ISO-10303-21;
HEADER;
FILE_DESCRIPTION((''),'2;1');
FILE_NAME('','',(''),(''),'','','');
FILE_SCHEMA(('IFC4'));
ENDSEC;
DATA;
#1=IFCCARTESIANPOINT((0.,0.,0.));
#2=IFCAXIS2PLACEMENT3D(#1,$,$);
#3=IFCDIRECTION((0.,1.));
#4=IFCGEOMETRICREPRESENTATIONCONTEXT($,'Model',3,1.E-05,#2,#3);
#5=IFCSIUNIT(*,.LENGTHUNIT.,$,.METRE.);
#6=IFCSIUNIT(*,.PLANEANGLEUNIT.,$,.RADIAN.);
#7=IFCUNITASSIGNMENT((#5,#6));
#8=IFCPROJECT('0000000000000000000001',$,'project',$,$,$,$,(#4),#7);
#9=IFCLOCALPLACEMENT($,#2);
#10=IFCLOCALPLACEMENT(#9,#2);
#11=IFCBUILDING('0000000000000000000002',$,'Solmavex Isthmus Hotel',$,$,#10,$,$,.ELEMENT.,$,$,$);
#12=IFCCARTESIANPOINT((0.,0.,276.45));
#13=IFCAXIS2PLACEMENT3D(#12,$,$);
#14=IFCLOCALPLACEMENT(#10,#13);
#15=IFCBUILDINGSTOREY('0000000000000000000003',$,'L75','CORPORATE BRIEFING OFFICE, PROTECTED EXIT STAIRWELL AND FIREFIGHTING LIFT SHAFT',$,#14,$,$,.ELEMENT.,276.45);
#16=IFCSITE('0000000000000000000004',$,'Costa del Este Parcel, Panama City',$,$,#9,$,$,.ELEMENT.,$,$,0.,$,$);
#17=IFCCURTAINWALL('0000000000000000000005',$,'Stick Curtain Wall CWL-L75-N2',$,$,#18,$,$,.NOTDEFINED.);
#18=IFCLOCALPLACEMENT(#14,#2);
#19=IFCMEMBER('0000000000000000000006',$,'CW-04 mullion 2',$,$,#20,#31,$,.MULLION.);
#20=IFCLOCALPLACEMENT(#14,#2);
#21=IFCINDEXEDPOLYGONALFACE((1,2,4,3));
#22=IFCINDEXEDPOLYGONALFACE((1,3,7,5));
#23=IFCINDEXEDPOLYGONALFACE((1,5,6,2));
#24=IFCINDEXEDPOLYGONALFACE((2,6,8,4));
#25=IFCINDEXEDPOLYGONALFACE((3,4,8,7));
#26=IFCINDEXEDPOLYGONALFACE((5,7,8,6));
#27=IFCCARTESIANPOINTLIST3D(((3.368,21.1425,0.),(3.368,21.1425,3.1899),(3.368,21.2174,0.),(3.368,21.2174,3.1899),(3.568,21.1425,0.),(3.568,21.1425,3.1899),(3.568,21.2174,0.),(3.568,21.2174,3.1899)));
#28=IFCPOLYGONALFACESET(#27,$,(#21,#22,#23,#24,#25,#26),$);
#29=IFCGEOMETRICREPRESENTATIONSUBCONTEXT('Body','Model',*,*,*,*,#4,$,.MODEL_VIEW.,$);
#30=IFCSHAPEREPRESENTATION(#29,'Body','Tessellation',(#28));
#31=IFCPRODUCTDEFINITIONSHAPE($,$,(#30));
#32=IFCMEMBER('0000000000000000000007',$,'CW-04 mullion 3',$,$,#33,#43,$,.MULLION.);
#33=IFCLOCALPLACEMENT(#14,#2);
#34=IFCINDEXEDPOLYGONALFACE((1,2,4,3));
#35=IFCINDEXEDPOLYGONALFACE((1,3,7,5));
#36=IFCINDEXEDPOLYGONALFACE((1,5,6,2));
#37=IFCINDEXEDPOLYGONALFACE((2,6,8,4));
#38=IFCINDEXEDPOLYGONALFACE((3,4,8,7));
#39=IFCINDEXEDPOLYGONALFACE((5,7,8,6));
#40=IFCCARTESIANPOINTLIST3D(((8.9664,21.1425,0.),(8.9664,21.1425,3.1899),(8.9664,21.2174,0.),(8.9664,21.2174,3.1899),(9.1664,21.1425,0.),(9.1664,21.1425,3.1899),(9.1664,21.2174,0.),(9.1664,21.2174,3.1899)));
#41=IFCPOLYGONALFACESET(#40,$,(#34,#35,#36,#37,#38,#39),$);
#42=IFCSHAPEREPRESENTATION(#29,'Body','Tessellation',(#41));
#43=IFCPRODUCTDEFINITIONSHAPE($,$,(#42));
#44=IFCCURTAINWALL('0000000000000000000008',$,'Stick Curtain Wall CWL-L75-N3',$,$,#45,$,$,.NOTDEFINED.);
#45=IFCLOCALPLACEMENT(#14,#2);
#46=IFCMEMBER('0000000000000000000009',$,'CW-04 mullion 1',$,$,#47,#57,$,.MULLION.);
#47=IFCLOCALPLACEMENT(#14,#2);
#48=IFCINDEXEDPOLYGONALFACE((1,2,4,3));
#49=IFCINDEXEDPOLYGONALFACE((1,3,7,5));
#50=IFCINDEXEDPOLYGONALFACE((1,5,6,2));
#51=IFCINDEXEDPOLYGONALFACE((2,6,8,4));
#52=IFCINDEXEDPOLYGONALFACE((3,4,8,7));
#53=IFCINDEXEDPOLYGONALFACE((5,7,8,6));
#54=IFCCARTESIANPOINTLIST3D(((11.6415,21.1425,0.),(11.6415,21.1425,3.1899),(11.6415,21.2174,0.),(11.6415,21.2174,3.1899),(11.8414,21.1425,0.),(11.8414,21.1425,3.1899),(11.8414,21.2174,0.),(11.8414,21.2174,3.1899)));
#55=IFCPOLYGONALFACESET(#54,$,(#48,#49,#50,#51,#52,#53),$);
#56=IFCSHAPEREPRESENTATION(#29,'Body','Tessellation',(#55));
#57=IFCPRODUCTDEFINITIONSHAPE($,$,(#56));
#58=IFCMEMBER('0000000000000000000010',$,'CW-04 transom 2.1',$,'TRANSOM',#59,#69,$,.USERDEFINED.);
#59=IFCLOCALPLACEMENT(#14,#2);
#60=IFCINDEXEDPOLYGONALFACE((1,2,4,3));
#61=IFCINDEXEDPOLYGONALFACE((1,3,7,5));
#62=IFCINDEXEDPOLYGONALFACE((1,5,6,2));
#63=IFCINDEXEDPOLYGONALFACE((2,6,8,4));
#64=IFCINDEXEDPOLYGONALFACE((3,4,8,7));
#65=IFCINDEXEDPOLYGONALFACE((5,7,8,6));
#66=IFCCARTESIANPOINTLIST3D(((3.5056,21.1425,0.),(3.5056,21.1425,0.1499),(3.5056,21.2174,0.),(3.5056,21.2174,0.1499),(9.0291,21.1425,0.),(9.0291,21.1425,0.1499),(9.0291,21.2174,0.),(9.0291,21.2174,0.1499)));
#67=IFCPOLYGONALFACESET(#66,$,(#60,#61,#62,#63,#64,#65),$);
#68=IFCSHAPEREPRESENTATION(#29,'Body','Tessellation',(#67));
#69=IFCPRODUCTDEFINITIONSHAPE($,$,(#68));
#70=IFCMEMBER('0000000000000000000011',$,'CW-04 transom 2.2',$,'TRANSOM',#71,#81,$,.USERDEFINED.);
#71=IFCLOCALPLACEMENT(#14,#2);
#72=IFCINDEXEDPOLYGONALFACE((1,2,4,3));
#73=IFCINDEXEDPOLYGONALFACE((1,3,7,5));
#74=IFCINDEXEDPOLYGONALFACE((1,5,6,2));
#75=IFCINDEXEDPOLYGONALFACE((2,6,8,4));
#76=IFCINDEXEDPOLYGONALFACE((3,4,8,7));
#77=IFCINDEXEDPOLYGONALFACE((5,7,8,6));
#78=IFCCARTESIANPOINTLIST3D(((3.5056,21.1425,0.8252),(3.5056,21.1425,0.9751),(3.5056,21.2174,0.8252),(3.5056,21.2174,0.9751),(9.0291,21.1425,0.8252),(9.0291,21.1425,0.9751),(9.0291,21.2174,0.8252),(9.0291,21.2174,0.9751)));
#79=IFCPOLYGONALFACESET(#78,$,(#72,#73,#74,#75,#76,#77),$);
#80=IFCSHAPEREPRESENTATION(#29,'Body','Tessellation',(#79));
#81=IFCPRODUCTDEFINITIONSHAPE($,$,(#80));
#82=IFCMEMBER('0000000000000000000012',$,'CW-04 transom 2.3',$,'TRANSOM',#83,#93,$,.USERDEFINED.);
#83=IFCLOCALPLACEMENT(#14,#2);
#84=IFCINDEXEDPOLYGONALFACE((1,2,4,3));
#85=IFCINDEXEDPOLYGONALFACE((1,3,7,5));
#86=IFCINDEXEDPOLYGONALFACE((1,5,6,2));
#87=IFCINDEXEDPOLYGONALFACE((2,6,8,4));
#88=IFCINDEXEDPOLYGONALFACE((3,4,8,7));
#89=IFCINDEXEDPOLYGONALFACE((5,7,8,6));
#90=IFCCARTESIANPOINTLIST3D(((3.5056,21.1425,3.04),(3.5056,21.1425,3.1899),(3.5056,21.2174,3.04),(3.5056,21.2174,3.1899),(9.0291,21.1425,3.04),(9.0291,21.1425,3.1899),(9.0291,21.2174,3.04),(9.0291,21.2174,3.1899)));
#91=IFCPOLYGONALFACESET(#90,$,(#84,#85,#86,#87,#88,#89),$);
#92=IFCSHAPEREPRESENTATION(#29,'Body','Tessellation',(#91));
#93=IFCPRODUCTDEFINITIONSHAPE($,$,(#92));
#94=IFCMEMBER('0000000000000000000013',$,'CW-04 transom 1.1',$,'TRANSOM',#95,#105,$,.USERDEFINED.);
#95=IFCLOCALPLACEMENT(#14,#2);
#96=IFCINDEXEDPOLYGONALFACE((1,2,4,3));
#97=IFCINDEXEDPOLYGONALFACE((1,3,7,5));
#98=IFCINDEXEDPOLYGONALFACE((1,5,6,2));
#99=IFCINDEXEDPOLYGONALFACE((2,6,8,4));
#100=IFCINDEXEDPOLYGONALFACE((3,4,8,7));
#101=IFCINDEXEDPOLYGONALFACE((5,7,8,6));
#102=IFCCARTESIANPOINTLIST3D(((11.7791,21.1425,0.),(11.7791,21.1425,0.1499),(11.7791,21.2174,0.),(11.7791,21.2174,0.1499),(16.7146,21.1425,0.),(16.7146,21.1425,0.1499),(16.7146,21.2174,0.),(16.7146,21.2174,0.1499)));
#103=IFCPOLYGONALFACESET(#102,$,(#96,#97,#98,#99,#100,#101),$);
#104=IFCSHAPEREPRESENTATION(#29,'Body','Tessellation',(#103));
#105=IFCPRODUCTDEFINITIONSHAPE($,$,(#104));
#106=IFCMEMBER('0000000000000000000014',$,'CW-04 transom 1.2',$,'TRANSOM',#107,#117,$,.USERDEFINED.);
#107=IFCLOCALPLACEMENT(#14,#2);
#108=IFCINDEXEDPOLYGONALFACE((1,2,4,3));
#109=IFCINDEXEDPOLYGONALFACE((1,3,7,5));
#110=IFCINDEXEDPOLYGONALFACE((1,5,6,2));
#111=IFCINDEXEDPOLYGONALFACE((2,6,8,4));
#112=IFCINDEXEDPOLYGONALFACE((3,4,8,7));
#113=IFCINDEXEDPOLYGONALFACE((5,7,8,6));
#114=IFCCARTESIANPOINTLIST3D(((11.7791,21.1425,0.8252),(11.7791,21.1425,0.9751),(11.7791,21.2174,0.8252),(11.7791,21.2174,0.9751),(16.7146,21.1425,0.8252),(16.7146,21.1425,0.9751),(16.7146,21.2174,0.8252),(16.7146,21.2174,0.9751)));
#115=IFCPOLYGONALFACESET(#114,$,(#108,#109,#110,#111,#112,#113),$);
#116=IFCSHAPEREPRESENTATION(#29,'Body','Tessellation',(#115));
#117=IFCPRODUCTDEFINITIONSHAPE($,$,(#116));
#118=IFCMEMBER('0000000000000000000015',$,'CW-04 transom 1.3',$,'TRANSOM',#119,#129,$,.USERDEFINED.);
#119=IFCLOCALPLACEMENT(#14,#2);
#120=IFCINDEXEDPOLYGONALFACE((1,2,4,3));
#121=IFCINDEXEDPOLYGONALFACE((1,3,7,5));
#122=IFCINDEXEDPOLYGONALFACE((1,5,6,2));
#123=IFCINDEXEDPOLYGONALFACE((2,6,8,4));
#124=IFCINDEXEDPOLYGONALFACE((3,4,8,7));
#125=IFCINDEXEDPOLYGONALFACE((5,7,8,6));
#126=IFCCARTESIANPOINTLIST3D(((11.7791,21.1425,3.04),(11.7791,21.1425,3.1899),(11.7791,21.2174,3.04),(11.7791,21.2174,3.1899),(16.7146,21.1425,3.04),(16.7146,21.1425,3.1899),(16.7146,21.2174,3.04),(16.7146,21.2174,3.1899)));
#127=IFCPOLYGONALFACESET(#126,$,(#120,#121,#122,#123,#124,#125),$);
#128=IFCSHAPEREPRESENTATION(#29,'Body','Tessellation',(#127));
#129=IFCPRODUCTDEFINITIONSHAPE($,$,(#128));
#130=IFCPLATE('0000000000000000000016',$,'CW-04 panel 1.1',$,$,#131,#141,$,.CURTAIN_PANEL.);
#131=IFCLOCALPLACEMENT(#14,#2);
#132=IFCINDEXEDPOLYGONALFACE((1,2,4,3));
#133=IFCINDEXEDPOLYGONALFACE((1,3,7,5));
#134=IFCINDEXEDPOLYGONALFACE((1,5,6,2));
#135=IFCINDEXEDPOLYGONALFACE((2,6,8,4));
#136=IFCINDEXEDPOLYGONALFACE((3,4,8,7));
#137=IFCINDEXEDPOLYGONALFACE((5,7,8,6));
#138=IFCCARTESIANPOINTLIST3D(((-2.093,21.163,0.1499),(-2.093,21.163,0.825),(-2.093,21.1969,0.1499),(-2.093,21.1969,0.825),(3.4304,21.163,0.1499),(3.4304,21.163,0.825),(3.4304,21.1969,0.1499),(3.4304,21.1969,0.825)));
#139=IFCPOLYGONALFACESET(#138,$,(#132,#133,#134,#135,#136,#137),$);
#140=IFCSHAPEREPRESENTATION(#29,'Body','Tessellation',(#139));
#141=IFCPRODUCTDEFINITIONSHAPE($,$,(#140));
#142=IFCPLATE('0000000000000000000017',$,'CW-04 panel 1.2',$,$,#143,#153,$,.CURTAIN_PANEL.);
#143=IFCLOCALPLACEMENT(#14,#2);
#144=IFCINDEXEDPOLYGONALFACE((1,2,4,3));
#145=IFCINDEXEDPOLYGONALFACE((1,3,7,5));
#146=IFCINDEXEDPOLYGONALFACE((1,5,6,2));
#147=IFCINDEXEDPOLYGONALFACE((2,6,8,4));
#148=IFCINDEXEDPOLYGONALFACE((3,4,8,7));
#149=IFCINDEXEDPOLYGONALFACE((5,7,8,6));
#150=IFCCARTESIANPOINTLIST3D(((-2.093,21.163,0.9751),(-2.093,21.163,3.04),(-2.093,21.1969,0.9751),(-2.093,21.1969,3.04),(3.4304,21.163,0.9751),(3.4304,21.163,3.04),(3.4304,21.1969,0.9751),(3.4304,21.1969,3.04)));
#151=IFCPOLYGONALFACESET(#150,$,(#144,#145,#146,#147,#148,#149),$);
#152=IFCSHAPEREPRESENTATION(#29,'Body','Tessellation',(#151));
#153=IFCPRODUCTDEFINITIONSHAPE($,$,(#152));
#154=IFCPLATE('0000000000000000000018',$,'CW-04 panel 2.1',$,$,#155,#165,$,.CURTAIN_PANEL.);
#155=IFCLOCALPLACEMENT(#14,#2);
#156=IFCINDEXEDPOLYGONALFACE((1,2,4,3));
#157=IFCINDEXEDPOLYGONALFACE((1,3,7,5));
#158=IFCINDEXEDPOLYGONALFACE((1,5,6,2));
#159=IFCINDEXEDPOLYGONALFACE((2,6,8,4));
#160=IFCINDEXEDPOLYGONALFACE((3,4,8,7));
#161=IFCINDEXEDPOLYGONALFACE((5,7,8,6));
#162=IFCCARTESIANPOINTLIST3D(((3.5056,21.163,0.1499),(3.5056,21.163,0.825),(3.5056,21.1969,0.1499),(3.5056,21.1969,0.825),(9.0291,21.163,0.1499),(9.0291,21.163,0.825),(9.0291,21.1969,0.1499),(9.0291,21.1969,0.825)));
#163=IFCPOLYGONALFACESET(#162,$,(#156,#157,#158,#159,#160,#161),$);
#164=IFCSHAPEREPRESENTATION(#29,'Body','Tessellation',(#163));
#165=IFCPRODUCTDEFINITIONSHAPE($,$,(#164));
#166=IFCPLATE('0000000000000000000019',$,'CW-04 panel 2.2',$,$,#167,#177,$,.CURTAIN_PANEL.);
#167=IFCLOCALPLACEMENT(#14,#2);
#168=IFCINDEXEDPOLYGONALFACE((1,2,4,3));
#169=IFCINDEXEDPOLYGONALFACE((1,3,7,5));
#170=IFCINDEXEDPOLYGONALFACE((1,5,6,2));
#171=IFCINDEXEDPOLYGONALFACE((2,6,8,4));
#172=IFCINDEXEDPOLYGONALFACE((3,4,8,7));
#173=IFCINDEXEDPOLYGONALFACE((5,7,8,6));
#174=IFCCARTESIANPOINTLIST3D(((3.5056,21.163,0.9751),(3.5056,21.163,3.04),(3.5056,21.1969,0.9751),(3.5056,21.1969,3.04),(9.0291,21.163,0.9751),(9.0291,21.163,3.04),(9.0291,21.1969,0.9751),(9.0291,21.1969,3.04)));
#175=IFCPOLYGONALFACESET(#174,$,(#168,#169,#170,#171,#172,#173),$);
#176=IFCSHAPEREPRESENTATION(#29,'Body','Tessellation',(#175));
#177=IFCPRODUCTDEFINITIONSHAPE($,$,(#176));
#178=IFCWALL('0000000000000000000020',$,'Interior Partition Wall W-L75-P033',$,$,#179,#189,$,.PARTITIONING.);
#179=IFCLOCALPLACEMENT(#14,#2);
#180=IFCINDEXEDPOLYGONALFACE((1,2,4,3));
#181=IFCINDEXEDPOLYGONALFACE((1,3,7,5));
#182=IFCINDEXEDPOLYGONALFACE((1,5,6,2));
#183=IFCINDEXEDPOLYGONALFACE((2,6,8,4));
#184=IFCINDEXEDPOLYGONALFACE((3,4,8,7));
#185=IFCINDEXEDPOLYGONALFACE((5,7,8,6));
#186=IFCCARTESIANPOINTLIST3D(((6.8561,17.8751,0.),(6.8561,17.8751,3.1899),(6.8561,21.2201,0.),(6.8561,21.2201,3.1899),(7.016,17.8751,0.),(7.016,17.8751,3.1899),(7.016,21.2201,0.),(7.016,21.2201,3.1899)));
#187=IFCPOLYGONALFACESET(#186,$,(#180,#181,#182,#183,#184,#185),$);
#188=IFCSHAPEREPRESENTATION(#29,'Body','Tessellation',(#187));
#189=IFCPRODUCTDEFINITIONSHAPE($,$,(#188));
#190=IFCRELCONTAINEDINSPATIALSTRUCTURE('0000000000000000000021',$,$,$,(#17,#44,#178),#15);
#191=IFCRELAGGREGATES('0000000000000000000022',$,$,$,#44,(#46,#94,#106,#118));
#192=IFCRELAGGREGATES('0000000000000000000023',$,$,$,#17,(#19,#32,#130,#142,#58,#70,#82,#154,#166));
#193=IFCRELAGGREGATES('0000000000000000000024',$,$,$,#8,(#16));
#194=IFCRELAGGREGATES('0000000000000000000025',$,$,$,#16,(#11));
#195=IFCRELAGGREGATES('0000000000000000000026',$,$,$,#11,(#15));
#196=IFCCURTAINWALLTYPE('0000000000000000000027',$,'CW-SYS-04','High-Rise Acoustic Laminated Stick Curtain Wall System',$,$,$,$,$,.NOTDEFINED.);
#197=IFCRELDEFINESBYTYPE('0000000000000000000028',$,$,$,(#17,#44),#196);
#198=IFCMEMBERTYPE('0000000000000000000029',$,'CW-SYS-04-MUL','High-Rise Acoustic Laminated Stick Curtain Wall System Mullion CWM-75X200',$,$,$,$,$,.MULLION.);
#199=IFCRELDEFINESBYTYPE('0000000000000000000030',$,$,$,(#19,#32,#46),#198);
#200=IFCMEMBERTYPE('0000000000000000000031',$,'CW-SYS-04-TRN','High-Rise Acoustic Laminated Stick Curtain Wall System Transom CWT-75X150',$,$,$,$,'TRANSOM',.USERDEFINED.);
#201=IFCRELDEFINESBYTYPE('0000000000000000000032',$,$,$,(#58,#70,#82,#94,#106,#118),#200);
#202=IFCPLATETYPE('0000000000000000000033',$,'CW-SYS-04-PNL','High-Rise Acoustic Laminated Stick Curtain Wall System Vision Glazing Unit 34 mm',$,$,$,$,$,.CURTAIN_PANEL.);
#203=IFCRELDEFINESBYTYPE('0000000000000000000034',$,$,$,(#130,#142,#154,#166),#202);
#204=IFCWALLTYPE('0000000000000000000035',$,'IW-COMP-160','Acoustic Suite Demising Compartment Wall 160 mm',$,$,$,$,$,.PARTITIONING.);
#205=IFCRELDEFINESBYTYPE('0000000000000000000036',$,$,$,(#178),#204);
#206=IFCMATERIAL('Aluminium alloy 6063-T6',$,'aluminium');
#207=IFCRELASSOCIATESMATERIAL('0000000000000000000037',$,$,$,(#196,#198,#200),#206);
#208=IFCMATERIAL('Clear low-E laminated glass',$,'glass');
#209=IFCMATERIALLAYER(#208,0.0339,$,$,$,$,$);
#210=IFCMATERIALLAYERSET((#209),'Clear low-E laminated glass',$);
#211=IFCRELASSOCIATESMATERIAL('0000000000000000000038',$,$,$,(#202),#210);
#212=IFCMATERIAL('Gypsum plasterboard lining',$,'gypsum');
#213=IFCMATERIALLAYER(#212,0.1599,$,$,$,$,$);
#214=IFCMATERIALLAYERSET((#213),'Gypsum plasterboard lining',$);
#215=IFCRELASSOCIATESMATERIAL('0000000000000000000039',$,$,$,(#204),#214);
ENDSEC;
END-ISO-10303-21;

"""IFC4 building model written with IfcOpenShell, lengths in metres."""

from ifc_helpers import new_model, si_unit, direction, frame, frame_2d, origin, origin_2d, place, context, subcontext, project, spatial, rectangle, extrude, material, layer, layer_set, material_profile, profile_set, type_object, element, aggregate, save


model = new_model("IFC4")

# Units and contexts
model_context = context("Model", 3, precision=1e-05, world=origin(), true_north=direction((0.0, 1.0)))
body_context = subcontext(model_context, "Body", "Model", "MODEL_VIEW")
ifc_project = project(units=[si_unit("LENGTHUNIT", "METRE"), si_unit("PLANEANGLEUNIT", "RADIAN")], contexts=[model_context])

# Site, building, storey
site_placement = place(None, origin())
site = spatial("IfcSite", under=ifc_project, at=site_placement, Name="Costa del Este Parcel, Panama City", CompositionType="ELEMENT", RefElevation=0.0)
building_placement = place(site_placement, origin())
building = spatial("IfcBuilding", under=site, at=building_placement, Name="Solmavex Isthmus Hotel", CompositionType="ELEMENT")
storey_placement = place(building_placement, frame((0.0, 0.0, 276.45)))
storey = spatial("IfcBuildingStorey", under=building, at=storey_placement, Name="L75", Description="CORPORATE BRIEFING OFFICE, PROTECTED EXIT STAIRWELL AND FIREFIGHTING LIFT SHAFT", CompositionType="ELEMENT", Elevation=276.45)

# Curtain wall, members
ifc_material_1 = material(Name="Aluminium alloy 6063-T6", Category="aluminium")
curtain_wall_type = type_object("IfcCurtainWallType", Name="CW-SYS-04", Description="High-Rise Acoustic Laminated Stick Curtain Wall System", PredefinedType="NOTDEFINED", material=ifc_material_1)
curtain_wall_1_placement = place(storey_placement, origin())
curtain_wall_1 = element("IfcCurtainWall", 1, at=curtain_wall_1_placement, inside=storey, type_object=curtain_wall_type, Name="Stick Curtain Wall CWL-L75-N2", PredefinedType="NOTDEFINED")
ifc_material_profile_1 = material_profile(ifc_material_1, rectangle(XDim=0.075, YDim=0.2, at=origin_2d()), Name="CWM-75X200")
ifc_profile_set_1 = profile_set([ifc_material_profile_1], Name="Aluminium alloy 6063-T6")
member_type_1 = type_object("IfcMemberType", Name="CW-SYS-04-MUL", Description="High-Rise Acoustic Laminated Stick Curtain Wall System Mullion CWM-75X200", PredefinedType="MULLION", material=ifc_profile_set_1)
member_1_placement = place(storey_placement, frame((3.468, 21.1799, 0.0), z_axis=(0.0, 0.0, 1.0), x_axis=(0.0, 1.0, 0.0)))
member_1 = element("IfcMember", 2, at=member_1_placement, type_object=member_type_1, Name="CW-04 mullion 2", PredefinedType="MULLION", context=body_context, shape_type="SweptSolid", body=[
    extrude(rectangle(XDim=0.075, YDim=0.2, at=origin_2d()), origin(), (0.0, 0.0, 1.0), 3.1899),
])
member_2_placement = place(storey_placement, frame((9.0664, 21.1799, 0.0), z_axis=(0.0, 0.0, 1.0), x_axis=(0.0, 1.0, 0.0)))
member_2 = element("IfcMember", 3, at=member_2_placement, type_object=member_type_1, Name="CW-04 mullion 3", PredefinedType="MULLION", context=body_context, shape_type="SweptSolid", body=[
    extrude(rectangle(XDim=0.075, YDim=0.2, at=origin_2d()), origin(), (0.0, 0.0, 1.0), 3.1899),
])

# Curtain wall, member
curtain_wall_2_placement = place(storey_placement, origin())
curtain_wall_2 = element("IfcCurtainWall", 4, at=curtain_wall_2_placement, inside=storey, type_object=curtain_wall_type, Name="Stick Curtain Wall CWL-L75-N3", PredefinedType="NOTDEFINED")
member_3_placement = place(storey_placement, frame((11.7415, 21.1799, 0.0), z_axis=(0.0, 0.0, 1.0), x_axis=(0.0, 1.0, 0.0)))
member_3 = element("IfcMember", 5, at=member_3_placement, type_object=member_type_1, Name="CW-04 mullion 1", PredefinedType="MULLION", context=body_context, shape_type="SweptSolid", body=[
    extrude(rectangle(XDim=0.075, YDim=0.2, at=origin_2d()), origin(), (0.0, 0.0, 1.0), 3.1899),
])

# Members
ifc_material_profile_2 = material_profile(ifc_material_1, rectangle(XDim=0.075, YDim=0.1499, at=origin_2d()), Name="CWT-75X150")
ifc_profile_set_2 = profile_set([ifc_material_profile_2], Name="Aluminium alloy 6063-T6")
member_type_2 = type_object("IfcMemberType", Name="CW-SYS-04-TRN", Description="High-Rise Acoustic Laminated Stick Curtain Wall System Transom CWT-75X150", ElementType="TRANSOM", PredefinedType="USERDEFINED", material=ifc_profile_set_2)
member_4_placement = place(storey_placement, frame((3.5056, 21.1799, 0.075), z_axis=(1.0, 0.0, 0.0), x_axis=(0.0, 1.0, 0.0)))
member_4 = element("IfcMember", 6, at=member_4_placement, type_object=member_type_2, Name="CW-04 transom 2.1", ObjectType="TRANSOM", PredefinedType="USERDEFINED", context=body_context, shape_type="SweptSolid", body=[
    extrude(rectangle(XDim=0.075, YDim=0.1499, at=origin_2d()), origin(), (0.0, 0.0, 1.0), 5.5234),
])
member_5_placement = place(storey_placement, frame((3.5056, 21.1799, 0.9001), z_axis=(1.0, 0.0, 0.0), x_axis=(0.0, 1.0, 0.0)))
member_5 = element("IfcMember", 7, at=member_5_placement, type_object=member_type_2, Name="CW-04 transom 2.2", ObjectType="TRANSOM", PredefinedType="USERDEFINED", context=body_context, shape_type="SweptSolid", body=[
    extrude(rectangle(XDim=0.075, YDim=0.1499, at=origin_2d()), origin(), (0.0, 0.0, 1.0), 5.5234),
])
member_6_placement = place(storey_placement, frame((3.5056, 21.1799, 3.115), z_axis=(1.0, 0.0, 0.0), x_axis=(0.0, 1.0, 0.0)))
member_6 = element("IfcMember", 8, at=member_6_placement, type_object=member_type_2, Name="CW-04 transom 2.3", ObjectType="TRANSOM", PredefinedType="USERDEFINED", context=body_context, shape_type="SweptSolid", body=[
    extrude(rectangle(XDim=0.075, YDim=0.1499, at=origin_2d()), origin(), (0.0, 0.0, 1.0), 5.5234),
])
member_7_placement = place(storey_placement, frame((11.7791, 21.1799, 0.075), z_axis=(1.0, 0.0, 0.0), x_axis=(0.0, 1.0, 0.0)))
member_7 = element("IfcMember", 9, at=member_7_placement, type_object=member_type_2, Name="CW-04 transom 1.1", ObjectType="TRANSOM", PredefinedType="USERDEFINED", context=body_context, shape_type="SweptSolid", body=[
    extrude(rectangle(XDim=0.075, YDim=0.1499, at=origin_2d()), origin(), (0.0, 0.0, 1.0), 4.9355),
])
member_8_placement = place(storey_placement, frame((11.7791, 21.1799, 0.9001), z_axis=(1.0, 0.0, 0.0), x_axis=(0.0, 1.0, 0.0)))
member_8 = element("IfcMember", 10, at=member_8_placement, type_object=member_type_2, Name="CW-04 transom 1.2", ObjectType="TRANSOM", PredefinedType="USERDEFINED", context=body_context, shape_type="SweptSolid", body=[
    extrude(rectangle(XDim=0.075, YDim=0.1499, at=origin_2d()), origin(), (0.0, 0.0, 1.0), 4.9355),
])
member_9_placement = place(storey_placement, frame((11.7791, 21.1799, 3.115), z_axis=(1.0, 0.0, 0.0), x_axis=(0.0, 1.0, 0.0)))
member_9 = element("IfcMember", 11, at=member_9_placement, type_object=member_type_2, Name="CW-04 transom 1.3", ObjectType="TRANSOM", PredefinedType="USERDEFINED", context=body_context, shape_type="SweptSolid", body=[
    extrude(rectangle(XDim=0.075, YDim=0.1499, at=origin_2d()), origin(), (0.0, 0.0, 1.0), 4.9355),
])
aggregate(curtain_wall_2, [member_3, member_7, member_8, member_9])

# Plates
ifc_material_2 = material(Name="Clear low-E laminated glass", Category="glass")
ifc_layer_1 = layer(ifc_material_2, 0.0339)
ifc_layer_set_1 = layer_set([ifc_layer_1], Name="Clear low-E laminated glass")
plate_type = type_object("IfcPlateType", Name="CW-SYS-04-PNL", Description="High-Rise Acoustic Laminated Stick Curtain Wall System Vision Glazing Unit 34 mm", PredefinedType="CURTAIN_PANEL", material=ifc_layer_set_1)
plate_1_placement = place(storey_placement, frame((0.6687, 21.1799, 0.1499), z_axis=(0.0, 0.0, 1.0), x_axis=(1.0, 0.0, 0.0)))
plate_1 = element("IfcPlate", 12, at=plate_1_placement, type_object=plate_type, Name="CW-04 panel 1.1", PredefinedType="CURTAIN_PANEL", context=body_context, shape_type="SweptSolid", body=[
    extrude(rectangle(XDim=5.5234, YDim=0.0339, at=origin_2d()), origin(), (0.0, 0.0, 1.0), 0.675),
])
plate_2_placement = place(storey_placement, frame((0.6687, 21.1799, 0.9751), z_axis=(0.0, 0.0, 1.0), x_axis=(1.0, 0.0, 0.0)))
plate_2 = element("IfcPlate", 13, at=plate_2_placement, type_object=plate_type, Name="CW-04 panel 1.2", PredefinedType="CURTAIN_PANEL", context=body_context, shape_type="SweptSolid", body=[
    extrude(rectangle(XDim=5.5234, YDim=0.0339, at=origin_2d()), origin(), (0.0, 0.0, 1.0), 2.0649),
])
plate_3_placement = place(storey_placement, frame((6.2673, 21.1799, 0.1499), z_axis=(0.0, 0.0, 1.0), x_axis=(1.0, 0.0, 0.0)))
plate_3 = element("IfcPlate", 14, at=plate_3_placement, type_object=plate_type, Name="CW-04 panel 2.1", PredefinedType="CURTAIN_PANEL", context=body_context, shape_type="SweptSolid", body=[
    extrude(rectangle(XDim=5.5234, YDim=0.0339, at=origin_2d()), origin(), (0.0, 0.0, 1.0), 0.675),
])
plate_4_placement = place(storey_placement, frame((6.2673, 21.1799, 0.9751), z_axis=(0.0, 0.0, 1.0), x_axis=(1.0, 0.0, 0.0)))
plate_4 = element("IfcPlate", 15, at=plate_4_placement, type_object=plate_type, Name="CW-04 panel 2.2", PredefinedType="CURTAIN_PANEL", context=body_context, shape_type="SweptSolid", body=[
    extrude(rectangle(XDim=5.5234, YDim=0.0339, at=origin_2d()), origin(), (0.0, 0.0, 1.0), 2.0649),
])
aggregate(curtain_wall_1, [member_1, member_2, plate_1, plate_2, member_4, member_5, member_6, plate_3, plate_4])

# Wall
ifc_material_3 = material(Name="Gypsum plasterboard lining", Category="gypsum")
ifc_layer_2 = layer(ifc_material_3, 0.1599)
ifc_layer_set_2 = layer_set([ifc_layer_2], Name="Gypsum plasterboard lining")
wall_type_1 = type_object("IfcWallType", Name="IW-COMP-160", Description="Acoustic Suite Demising Compartment Wall 160 mm", PredefinedType="PARTITIONING", material=ifc_layer_set_2)
wall_1_placement = place(storey_placement, frame((6.936, 21.22, 0.0), z_axis=(0.0, 0.0, 1.0), x_axis=(0.0, -1.0, 0.0)))
element("IfcWall", 16, at=wall_1_placement, inside=storey, type_object=wall_type_1, Name="Interior Partition Wall W-L75-P033", PredefinedType="PARTITIONING", context=body_context, shape_type="SweptSolid", body=[
    extrude(rectangle(XDim=3.345, YDim=0.1599, at=frame_2d((1.6724, 0.0))), origin(), (0.0, 0.0, 1.0), 3.1899),
])

save(model, "model.ifc")
